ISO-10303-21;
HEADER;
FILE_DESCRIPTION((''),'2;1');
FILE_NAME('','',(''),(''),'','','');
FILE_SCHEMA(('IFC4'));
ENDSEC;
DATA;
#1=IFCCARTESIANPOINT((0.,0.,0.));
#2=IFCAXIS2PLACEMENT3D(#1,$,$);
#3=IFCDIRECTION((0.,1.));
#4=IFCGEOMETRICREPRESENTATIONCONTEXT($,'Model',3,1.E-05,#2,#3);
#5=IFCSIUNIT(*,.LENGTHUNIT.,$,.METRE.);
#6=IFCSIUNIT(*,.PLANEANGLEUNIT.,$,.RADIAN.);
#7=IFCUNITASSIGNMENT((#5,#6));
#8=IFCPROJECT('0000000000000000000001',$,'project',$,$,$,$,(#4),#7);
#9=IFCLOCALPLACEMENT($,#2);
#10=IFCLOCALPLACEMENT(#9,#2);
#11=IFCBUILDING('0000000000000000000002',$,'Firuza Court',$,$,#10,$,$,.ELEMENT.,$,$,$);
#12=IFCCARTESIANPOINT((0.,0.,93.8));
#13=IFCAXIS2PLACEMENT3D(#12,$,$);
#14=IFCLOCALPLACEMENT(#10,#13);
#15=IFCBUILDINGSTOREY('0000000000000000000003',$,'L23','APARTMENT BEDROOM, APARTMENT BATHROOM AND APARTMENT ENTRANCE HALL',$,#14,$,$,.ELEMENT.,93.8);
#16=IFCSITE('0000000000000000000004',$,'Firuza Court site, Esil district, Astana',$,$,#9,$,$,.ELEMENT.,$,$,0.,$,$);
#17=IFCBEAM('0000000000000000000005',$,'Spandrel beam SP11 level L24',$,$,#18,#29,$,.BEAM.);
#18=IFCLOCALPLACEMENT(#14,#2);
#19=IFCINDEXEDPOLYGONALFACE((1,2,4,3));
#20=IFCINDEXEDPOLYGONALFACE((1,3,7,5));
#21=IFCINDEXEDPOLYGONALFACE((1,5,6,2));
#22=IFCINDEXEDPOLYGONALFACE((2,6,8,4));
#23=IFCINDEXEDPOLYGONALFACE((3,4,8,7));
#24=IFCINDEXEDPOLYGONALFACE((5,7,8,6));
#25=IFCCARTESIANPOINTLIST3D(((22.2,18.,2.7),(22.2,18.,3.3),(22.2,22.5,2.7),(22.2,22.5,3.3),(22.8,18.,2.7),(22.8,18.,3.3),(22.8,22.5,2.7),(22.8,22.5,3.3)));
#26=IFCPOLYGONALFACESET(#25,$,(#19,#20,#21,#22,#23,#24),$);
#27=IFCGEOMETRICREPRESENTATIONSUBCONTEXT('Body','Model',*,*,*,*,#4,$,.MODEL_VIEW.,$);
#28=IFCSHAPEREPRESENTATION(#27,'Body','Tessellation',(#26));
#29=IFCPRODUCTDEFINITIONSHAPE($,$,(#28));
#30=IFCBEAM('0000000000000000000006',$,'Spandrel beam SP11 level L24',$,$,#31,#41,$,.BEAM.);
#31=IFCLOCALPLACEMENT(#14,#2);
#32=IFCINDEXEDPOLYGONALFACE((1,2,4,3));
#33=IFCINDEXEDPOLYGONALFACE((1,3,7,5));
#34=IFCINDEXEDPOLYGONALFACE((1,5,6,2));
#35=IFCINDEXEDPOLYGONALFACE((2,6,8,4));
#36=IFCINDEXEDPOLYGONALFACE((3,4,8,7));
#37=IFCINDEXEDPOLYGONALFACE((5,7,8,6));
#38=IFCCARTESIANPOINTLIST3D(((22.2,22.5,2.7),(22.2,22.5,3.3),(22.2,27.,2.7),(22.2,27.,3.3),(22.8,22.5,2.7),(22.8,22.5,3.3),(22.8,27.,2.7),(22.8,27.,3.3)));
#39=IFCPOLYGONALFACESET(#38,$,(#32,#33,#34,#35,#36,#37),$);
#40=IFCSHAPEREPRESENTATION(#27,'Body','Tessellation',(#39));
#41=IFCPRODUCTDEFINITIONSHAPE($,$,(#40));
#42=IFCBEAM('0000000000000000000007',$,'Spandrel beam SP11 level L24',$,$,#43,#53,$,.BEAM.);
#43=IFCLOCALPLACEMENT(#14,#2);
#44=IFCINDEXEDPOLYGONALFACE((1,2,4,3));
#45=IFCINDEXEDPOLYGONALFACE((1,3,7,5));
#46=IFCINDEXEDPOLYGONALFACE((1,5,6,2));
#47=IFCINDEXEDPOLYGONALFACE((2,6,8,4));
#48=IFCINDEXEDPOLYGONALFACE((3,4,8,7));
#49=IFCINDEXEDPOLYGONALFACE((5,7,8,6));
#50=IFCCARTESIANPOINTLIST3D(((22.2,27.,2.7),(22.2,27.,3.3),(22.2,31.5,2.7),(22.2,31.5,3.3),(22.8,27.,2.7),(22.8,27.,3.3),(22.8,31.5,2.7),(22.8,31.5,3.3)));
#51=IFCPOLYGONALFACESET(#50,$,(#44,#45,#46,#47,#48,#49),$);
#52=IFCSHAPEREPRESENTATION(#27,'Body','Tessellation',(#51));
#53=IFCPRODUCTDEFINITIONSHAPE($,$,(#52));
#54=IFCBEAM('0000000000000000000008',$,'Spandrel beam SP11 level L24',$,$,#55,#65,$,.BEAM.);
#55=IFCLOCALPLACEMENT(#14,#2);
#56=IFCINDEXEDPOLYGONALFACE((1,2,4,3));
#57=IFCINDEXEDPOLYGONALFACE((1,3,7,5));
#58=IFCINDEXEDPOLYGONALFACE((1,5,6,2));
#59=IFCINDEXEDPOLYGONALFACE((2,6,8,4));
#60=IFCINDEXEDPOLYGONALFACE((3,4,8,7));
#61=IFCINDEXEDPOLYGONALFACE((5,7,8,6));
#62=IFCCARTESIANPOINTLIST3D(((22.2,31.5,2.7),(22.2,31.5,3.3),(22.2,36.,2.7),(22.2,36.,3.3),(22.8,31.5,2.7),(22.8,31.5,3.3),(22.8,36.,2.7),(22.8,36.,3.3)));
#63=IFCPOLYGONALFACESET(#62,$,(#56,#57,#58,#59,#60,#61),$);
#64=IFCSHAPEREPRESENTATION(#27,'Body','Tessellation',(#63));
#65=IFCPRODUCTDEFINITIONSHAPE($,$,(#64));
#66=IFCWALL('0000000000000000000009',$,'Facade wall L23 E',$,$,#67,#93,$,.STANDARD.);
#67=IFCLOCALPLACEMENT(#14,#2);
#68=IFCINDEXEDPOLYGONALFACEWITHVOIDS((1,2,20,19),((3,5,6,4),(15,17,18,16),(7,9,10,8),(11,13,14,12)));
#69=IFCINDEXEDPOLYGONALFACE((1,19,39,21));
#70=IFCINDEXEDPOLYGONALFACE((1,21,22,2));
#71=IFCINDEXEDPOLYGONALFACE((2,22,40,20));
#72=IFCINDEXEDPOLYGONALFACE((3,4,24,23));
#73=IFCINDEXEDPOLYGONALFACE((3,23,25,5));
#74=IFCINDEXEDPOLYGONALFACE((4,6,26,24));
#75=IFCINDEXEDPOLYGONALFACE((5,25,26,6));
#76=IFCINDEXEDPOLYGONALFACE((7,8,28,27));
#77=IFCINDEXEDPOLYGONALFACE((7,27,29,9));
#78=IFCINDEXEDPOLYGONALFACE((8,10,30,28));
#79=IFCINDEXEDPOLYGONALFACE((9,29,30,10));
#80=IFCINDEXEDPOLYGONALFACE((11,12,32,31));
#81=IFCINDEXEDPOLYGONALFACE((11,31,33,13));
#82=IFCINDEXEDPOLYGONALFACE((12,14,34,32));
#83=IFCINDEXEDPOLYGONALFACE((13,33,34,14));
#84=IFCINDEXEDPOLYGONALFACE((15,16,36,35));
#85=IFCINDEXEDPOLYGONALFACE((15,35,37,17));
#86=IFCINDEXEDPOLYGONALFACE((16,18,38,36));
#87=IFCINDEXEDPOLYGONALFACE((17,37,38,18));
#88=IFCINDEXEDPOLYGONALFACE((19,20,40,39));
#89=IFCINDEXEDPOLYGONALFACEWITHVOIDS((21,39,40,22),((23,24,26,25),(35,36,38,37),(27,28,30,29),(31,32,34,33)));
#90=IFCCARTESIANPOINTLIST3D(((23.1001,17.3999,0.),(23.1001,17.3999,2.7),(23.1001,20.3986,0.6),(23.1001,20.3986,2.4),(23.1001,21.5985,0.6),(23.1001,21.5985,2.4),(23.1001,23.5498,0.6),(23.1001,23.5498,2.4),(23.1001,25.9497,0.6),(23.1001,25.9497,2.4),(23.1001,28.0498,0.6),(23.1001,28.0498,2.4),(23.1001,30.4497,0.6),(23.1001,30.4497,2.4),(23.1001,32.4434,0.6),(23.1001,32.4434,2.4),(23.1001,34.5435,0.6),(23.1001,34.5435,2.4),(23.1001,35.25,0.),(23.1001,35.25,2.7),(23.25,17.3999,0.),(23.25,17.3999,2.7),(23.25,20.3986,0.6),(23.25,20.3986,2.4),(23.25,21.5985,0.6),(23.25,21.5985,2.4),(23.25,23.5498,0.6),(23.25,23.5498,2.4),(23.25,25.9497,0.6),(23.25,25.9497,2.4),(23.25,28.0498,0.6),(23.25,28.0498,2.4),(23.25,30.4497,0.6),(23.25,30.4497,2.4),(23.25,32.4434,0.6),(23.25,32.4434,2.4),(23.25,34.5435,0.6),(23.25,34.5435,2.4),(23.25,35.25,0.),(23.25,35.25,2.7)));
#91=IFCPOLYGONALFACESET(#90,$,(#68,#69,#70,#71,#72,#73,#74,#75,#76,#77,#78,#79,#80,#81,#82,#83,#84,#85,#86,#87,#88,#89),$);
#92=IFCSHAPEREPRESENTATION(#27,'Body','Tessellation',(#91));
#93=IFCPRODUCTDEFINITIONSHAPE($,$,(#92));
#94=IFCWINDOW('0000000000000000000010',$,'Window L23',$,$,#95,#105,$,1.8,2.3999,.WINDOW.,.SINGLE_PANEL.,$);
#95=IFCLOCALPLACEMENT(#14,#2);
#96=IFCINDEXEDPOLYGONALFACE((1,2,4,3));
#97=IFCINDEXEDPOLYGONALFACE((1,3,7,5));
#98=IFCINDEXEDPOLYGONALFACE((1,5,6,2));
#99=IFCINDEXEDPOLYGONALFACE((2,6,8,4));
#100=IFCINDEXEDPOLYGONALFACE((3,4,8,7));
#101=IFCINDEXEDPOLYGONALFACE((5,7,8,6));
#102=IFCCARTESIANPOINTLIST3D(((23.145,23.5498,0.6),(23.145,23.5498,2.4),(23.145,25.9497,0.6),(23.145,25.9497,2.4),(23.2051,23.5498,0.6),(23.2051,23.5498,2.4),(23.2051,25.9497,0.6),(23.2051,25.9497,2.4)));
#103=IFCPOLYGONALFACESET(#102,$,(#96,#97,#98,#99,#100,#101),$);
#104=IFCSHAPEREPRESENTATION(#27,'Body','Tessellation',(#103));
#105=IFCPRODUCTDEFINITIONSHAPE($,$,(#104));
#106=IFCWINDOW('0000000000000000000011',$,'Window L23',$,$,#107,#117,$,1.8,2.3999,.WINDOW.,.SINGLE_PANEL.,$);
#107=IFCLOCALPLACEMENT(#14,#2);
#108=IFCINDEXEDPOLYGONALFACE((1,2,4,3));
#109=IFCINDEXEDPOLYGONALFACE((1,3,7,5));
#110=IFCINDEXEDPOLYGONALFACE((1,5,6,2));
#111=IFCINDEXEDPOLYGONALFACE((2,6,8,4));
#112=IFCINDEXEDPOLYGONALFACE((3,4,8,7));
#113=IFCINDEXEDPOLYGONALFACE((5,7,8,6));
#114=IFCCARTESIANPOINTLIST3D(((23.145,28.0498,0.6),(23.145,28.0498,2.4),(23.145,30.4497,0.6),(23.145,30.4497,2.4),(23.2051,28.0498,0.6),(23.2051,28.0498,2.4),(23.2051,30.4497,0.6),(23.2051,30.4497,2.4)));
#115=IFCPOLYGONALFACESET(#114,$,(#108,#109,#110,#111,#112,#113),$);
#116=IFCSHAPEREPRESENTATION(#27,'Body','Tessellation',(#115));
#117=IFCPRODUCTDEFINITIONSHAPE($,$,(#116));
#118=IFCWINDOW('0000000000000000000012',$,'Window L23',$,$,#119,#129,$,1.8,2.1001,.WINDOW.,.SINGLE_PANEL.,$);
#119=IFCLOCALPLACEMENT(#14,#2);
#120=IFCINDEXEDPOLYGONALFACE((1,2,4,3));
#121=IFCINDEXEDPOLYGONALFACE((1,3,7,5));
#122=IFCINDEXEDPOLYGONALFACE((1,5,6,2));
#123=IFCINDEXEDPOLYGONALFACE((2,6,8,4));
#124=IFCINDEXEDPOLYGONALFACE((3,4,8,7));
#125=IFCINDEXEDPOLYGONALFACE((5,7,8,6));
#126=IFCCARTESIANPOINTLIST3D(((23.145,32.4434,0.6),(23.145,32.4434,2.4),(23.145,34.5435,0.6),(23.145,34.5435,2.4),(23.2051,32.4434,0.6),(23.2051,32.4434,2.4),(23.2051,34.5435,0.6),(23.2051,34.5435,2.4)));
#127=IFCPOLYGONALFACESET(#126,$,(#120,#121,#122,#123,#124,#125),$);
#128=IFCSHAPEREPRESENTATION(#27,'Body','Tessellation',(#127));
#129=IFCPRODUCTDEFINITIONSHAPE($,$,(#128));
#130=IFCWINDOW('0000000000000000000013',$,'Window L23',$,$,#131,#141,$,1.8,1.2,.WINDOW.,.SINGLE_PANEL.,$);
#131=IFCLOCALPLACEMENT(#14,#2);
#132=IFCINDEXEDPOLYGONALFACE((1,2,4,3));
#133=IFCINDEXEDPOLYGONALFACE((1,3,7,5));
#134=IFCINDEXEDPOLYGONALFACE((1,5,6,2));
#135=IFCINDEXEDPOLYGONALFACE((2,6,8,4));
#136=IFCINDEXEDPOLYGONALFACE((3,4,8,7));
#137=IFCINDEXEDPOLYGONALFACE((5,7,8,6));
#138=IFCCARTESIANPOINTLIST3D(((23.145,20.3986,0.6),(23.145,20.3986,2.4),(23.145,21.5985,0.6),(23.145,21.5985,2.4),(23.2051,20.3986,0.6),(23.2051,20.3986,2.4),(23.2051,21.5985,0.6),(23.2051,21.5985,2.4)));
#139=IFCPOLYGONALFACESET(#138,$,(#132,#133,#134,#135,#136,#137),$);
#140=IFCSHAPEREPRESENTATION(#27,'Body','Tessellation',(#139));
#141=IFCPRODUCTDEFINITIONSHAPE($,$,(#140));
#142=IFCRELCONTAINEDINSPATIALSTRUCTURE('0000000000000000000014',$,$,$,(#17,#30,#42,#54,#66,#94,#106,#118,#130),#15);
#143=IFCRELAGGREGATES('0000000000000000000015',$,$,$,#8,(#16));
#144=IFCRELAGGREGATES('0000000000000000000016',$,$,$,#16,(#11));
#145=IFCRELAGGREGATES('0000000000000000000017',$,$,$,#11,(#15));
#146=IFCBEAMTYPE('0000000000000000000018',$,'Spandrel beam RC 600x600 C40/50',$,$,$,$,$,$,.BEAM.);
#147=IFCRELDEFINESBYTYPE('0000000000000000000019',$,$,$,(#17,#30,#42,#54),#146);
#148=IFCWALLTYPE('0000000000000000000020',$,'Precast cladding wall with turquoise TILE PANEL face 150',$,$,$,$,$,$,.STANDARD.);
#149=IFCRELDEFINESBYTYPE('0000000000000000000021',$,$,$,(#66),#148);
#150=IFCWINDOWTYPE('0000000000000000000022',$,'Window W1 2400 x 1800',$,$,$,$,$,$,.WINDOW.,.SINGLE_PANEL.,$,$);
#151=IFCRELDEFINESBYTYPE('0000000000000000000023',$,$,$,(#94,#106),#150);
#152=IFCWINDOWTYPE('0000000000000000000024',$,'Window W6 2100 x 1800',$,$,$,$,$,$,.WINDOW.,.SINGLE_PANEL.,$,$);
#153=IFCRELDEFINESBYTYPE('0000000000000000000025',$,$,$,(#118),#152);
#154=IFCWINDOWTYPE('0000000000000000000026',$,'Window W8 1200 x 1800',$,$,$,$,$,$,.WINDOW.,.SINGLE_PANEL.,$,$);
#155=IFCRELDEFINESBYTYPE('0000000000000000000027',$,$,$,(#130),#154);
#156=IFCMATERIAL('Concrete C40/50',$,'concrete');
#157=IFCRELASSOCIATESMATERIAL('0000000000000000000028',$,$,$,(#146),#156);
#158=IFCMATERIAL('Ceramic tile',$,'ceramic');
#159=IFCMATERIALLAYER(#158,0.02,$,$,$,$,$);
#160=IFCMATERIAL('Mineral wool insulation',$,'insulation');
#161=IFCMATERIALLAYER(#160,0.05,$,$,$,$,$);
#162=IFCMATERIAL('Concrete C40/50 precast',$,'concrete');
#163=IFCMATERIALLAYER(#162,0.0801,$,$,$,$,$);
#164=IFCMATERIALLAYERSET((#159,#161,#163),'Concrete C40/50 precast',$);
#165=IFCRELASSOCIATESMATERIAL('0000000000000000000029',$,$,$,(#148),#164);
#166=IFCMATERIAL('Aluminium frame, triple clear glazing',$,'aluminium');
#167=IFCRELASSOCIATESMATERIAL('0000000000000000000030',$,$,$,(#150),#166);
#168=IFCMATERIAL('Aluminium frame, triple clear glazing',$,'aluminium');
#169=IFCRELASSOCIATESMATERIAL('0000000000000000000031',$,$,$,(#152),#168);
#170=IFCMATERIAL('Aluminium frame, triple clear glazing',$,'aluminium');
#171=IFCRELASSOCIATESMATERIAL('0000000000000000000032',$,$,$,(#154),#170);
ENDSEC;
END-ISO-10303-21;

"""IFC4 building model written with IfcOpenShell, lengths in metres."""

from ifc_helpers import new_model, si_unit, direction, frame, frame_2d, origin, origin_2d, place, context, subcontext, project, spatial, rectangle, extrude, material, layer, layer_set, material_profile, profile_set, type_object, element, fill, save


model = new_model("IFC4")

# Units and contexts
model_context = context("Model", 3, precision=1e-05, world=origin(), true_north=direction((0.0, 1.0)))
body_context = subcontext(model_context, "Body", "Model", "MODEL_VIEW")
ifc_project = project(units=[si_unit("LENGTHUNIT", "METRE"), si_unit("PLANEANGLEUNIT", "RADIAN")], contexts=[model_context])

# Site, building, storey
site_placement = place(None, origin())
site = spatial("IfcSite", under=ifc_project, at=site_placement, Name="Firuza Court site, Esil district, Astana", CompositionType="ELEMENT", RefElevation=0.0)
building_placement = place(site_placement, origin())
building = spatial("IfcBuilding", under=site, at=building_placement, Name="Firuza Court", CompositionType="ELEMENT")
storey_placement = place(building_placement, frame((0.0, 0.0, 93.8)))
storey = spatial("IfcBuildingStorey", under=building, at=storey_placement, Name="L23", Description="APARTMENT BEDROOM, APARTMENT BATHROOM AND APARTMENT ENTRANCE HALL", CompositionType="ELEMENT", Elevation=93.8)

# Beams
ifc_material_1 = material(Name="Concrete C40/50", Category="concrete")
ifc_material_profile_1 = material_profile(ifc_material_1, rectangle(XDim=0.6001, YDim=0.6001, at=origin_2d()), Name="RC 600x600")
ifc_profile_set_1 = profile_set([ifc_material_profile_1], Name="Concrete C40/50")
beam_type_1 = type_object("IfcBeamType", Name="Spandrel beam RC 600x600 C40/50", PredefinedType="BEAM", material=ifc_profile_set_1)
for number, where, z_axis, x_axis, name in (
    (1, (22.5, 18.0, 3.0), (0.0, 1.0, 0.0), (-1.0, 0.0, 0.0), "Spandrel beam SP11 level L24"),
    (2, (22.5, 22.5, 3.0), (0.0, 1.0, 0.0), (-1.0, 0.0, 0.0), "Spandrel beam SP11 level L24"),
    (3, (22.5, 27.0, 3.0), (0.0, 1.0, 0.0), (-1.0, 0.0, 0.0), "Spandrel beam SP11 level L24"),
    (4, (22.5, 31.5, 3.0), (0.0, 1.0, 0.0), (-1.0, 0.0, 0.0), "Spandrel beam SP11 level L24"),
):
    element("IfcBeam", number, at=place(storey_placement, frame(where, z_axis=z_axis, x_axis=x_axis)), inside=storey, type_object=beam_type_1, Name=name, PredefinedType="BEAM", context=body_context, shape_type="SweptSolid", body=[
        extrude(rectangle(XDim=0.6001, YDim=0.6001, at=origin_2d()), origin(), (0.0, 0.0, 1.0), 4.5),
    ])

# Wall, openings, windows
ifc_material_2 = material(Name="Ceramic tile", Category="ceramic")
ifc_layer_1 = layer(ifc_material_2, 0.02)
ifc_material_3 = material(Name="Mineral wool insulation", Category="insulation")
ifc_layer_2 = layer(ifc_material_3, 0.05)
ifc_material_4 = material(Name="Concrete C40/50 precast", Category="concrete")
ifc_layer_3 = layer(ifc_material_4, 0.0801)
ifc_layer_set = layer_set([ifc_layer_1, ifc_layer_2, ifc_layer_3], Name="Concrete C40/50 precast")
wall_type = type_object("IfcWallType", Name="Precast cladding wall with turquoise TILE PANEL face 150", PredefinedType="STANDARD", material=ifc_layer_set)
wall_placement = place(storey_placement, frame((23.175, 17.3999, 0.0), z_axis=(0.0, 0.0, 1.0), x_axis=(0.0, 1.0, 0.0)))
wall = element("IfcWall", 5, at=wall_placement, inside=storey, type_object=wall_type, Name="Facade wall L23 E", PredefinedType="STANDARD", context=body_context, shape_type="SweptSolid", body=[
    extrude(rectangle(XDim=17.8501, YDim=0.1499, at=frame_2d((8.925, 0.0))), origin(), (0.0, 0.0, 1.0), 2.7),
])
opening_1_placement = place(wall_placement, frame((2.9985, 0.0, 0.6001)))
opening_1 = element("IfcOpeningElement", 6, at=opening_1_placement, cuts=wall, PredefinedType="OPENING", context=body_context, shape_type="SweptSolid", body=[
    extrude(rectangle(XDim=1.2, YDim=1.8, at=frame_2d((0.6001, 0.8999))), frame((0.0, 0.0869, 0.0), z_axis=(0.0, -1.0, 0.0), x_axis=(1.0, 0.0, 0.0)), (0.0, 0.0, 1.0), 0.1738),
])
opening_2_placement = place(wall_placement, frame((6.1499, 0.0, 0.6001)))
opening_2 = element("IfcOpeningElement", 7, at=opening_2_placement, cuts=wall, PredefinedType="OPENING", context=body_context, shape_type="SweptSolid", body=[
    extrude(rectangle(XDim=2.3999, YDim=1.8, at=frame_2d((1.2, 0.8999))), frame((0.0, 0.0869, 0.0), z_axis=(0.0, -1.0, 0.0), x_axis=(1.0, 0.0, 0.0)), (0.0, 0.0, 1.0), 0.1738),
])
opening_3_placement = place(wall_placement, frame((10.6499, 0.0, 0.6001)))
opening_3 = element("IfcOpeningElement", 8, at=opening_3_placement, cuts=wall, PredefinedType="OPENING", context=body_context, shape_type="SweptSolid", body=[
    extrude(rectangle(XDim=2.3999, YDim=1.8, at=frame_2d((1.2, 0.8999))), frame((0.0, 0.0869, 0.0), z_axis=(0.0, -1.0, 0.0), x_axis=(1.0, 0.0, 0.0)), (0.0, 0.0, 1.0), 0.1738),
])
opening_4_placement = place(wall_placement, frame((15.0435, 0.0, 0.6001)))
opening_4 = element("IfcOpeningElement", 9, at=opening_4_placement, cuts=wall, PredefinedType="OPENING", context=body_context, shape_type="SweptSolid", body=[
    extrude(rectangle(XDim=2.1001, YDim=1.8, at=frame_2d((1.05, 0.8999))), frame((0.0, 0.0869, 0.0), z_axis=(0.0, -1.0, 0.0), x_axis=(1.0, 0.0, 0.0)), (0.0, 0.0, 1.0), 0.1738),
])
ifc_material_5 = material(Name="Aluminium frame, triple clear glazing", Category="aluminium")
window_type_1 = type_object("IfcWindowType", Name="Window W1 2400 x 1800", PartitioningType="SINGLE_PANEL", PredefinedType="WINDOW", material=ifc_material_5)
window_1_placement = place(opening_2_placement, origin())
window_1 = element("IfcWindow", 10, at=window_1_placement, inside=storey, type_object=window_type_1, Name="Window L23", OverallHeight=1.8, OverallWidth=2.3999, PartitioningType="SINGLE_PANEL", PredefinedType="WINDOW", context=body_context, shape_type="SweptSolid", body=[
    extrude(rectangle(XDim=2.3999, YDim=1.8, at=frame_2d((1.2, 0.8999))), frame((0.0, 0.03, 0.0), z_axis=(0.0, -1.0, 0.0), x_axis=(1.0, 0.0, 0.0)), (0.0, 0.0, 1.0), 0.0601),
])
fill(opening_2, window_1)
window_2_placement = place(opening_3_placement, origin())
window_2 = element("IfcWindow", 11, at=window_2_placement, inside=storey, type_object=window_type_1, Name="Window L23", OverallHeight=1.8, OverallWidth=2.3999, PartitioningType="SINGLE_PANEL", PredefinedType="WINDOW", context=body_context, shape_type="SweptSolid", body=[
    extrude(rectangle(XDim=2.3999, YDim=1.8, at=frame_2d((1.2, 0.8999))), frame((0.0, 0.03, 0.0), z_axis=(0.0, -1.0, 0.0), x_axis=(1.0, 0.0, 0.0)), (0.0, 0.0, 1.0), 0.0601),
])
fill(opening_3, window_2)
ifc_material_6 = material(Name="Aluminium frame, triple clear glazing", Category="aluminium")
window_type_2 = type_object("IfcWindowType", Name="Window W6 2100 x 1800", PartitioningType="SINGLE_PANEL", PredefinedType="WINDOW", material=ifc_material_6)
window_3_placement = place(opening_4_placement, origin())
window_3 = element("IfcWindow", 12, at=window_3_placement, inside=storey, type_object=window_type_2, Name="Window L23", OverallHeight=1.8, OverallWidth=2.1001, PartitioningType="SINGLE_PANEL", PredefinedType="WINDOW", context=body_context, shape_type="SweptSolid", body=[
    extrude(rectangle(XDim=2.1001, YDim=1.8, at=frame_2d((1.05, 0.8999))), frame((0.0, 0.03, 0.0), z_axis=(0.0, -1.0, 0.0), x_axis=(1.0, 0.0, 0.0)), (0.0, 0.0, 1.0), 0.0601),
])
fill(opening_4, window_3)
ifc_material_7 = material(Name="Aluminium frame, triple clear glazing", Category="aluminium")
window_type_3 = type_object("IfcWindowType", Name="Window W8 1200 x 1800", PartitioningType="SINGLE_PANEL", PredefinedType="WINDOW", material=ifc_material_7)
window_4_placement = place(opening_1_placement, origin())
window_4 = element("IfcWindow", 13, at=window_4_placement, inside=storey, type_object=window_type_3, Name="Window L23", OverallHeight=1.8, OverallWidth=1.2, PartitioningType="SINGLE_PANEL", PredefinedType="WINDOW", context=body_context, shape_type="SweptSolid", body=[
    extrude(rectangle(XDim=1.2, YDim=1.8, at=frame_2d((0.6001, 0.8999))), frame((0.0, 0.03, 0.0), z_axis=(0.0, -1.0, 0.0), x_axis=(1.0, 0.0, 0.0)), (0.0, 0.0, 1.0), 0.0601),
])
fill(opening_1, window_4)

save(model, "model.ifc")
